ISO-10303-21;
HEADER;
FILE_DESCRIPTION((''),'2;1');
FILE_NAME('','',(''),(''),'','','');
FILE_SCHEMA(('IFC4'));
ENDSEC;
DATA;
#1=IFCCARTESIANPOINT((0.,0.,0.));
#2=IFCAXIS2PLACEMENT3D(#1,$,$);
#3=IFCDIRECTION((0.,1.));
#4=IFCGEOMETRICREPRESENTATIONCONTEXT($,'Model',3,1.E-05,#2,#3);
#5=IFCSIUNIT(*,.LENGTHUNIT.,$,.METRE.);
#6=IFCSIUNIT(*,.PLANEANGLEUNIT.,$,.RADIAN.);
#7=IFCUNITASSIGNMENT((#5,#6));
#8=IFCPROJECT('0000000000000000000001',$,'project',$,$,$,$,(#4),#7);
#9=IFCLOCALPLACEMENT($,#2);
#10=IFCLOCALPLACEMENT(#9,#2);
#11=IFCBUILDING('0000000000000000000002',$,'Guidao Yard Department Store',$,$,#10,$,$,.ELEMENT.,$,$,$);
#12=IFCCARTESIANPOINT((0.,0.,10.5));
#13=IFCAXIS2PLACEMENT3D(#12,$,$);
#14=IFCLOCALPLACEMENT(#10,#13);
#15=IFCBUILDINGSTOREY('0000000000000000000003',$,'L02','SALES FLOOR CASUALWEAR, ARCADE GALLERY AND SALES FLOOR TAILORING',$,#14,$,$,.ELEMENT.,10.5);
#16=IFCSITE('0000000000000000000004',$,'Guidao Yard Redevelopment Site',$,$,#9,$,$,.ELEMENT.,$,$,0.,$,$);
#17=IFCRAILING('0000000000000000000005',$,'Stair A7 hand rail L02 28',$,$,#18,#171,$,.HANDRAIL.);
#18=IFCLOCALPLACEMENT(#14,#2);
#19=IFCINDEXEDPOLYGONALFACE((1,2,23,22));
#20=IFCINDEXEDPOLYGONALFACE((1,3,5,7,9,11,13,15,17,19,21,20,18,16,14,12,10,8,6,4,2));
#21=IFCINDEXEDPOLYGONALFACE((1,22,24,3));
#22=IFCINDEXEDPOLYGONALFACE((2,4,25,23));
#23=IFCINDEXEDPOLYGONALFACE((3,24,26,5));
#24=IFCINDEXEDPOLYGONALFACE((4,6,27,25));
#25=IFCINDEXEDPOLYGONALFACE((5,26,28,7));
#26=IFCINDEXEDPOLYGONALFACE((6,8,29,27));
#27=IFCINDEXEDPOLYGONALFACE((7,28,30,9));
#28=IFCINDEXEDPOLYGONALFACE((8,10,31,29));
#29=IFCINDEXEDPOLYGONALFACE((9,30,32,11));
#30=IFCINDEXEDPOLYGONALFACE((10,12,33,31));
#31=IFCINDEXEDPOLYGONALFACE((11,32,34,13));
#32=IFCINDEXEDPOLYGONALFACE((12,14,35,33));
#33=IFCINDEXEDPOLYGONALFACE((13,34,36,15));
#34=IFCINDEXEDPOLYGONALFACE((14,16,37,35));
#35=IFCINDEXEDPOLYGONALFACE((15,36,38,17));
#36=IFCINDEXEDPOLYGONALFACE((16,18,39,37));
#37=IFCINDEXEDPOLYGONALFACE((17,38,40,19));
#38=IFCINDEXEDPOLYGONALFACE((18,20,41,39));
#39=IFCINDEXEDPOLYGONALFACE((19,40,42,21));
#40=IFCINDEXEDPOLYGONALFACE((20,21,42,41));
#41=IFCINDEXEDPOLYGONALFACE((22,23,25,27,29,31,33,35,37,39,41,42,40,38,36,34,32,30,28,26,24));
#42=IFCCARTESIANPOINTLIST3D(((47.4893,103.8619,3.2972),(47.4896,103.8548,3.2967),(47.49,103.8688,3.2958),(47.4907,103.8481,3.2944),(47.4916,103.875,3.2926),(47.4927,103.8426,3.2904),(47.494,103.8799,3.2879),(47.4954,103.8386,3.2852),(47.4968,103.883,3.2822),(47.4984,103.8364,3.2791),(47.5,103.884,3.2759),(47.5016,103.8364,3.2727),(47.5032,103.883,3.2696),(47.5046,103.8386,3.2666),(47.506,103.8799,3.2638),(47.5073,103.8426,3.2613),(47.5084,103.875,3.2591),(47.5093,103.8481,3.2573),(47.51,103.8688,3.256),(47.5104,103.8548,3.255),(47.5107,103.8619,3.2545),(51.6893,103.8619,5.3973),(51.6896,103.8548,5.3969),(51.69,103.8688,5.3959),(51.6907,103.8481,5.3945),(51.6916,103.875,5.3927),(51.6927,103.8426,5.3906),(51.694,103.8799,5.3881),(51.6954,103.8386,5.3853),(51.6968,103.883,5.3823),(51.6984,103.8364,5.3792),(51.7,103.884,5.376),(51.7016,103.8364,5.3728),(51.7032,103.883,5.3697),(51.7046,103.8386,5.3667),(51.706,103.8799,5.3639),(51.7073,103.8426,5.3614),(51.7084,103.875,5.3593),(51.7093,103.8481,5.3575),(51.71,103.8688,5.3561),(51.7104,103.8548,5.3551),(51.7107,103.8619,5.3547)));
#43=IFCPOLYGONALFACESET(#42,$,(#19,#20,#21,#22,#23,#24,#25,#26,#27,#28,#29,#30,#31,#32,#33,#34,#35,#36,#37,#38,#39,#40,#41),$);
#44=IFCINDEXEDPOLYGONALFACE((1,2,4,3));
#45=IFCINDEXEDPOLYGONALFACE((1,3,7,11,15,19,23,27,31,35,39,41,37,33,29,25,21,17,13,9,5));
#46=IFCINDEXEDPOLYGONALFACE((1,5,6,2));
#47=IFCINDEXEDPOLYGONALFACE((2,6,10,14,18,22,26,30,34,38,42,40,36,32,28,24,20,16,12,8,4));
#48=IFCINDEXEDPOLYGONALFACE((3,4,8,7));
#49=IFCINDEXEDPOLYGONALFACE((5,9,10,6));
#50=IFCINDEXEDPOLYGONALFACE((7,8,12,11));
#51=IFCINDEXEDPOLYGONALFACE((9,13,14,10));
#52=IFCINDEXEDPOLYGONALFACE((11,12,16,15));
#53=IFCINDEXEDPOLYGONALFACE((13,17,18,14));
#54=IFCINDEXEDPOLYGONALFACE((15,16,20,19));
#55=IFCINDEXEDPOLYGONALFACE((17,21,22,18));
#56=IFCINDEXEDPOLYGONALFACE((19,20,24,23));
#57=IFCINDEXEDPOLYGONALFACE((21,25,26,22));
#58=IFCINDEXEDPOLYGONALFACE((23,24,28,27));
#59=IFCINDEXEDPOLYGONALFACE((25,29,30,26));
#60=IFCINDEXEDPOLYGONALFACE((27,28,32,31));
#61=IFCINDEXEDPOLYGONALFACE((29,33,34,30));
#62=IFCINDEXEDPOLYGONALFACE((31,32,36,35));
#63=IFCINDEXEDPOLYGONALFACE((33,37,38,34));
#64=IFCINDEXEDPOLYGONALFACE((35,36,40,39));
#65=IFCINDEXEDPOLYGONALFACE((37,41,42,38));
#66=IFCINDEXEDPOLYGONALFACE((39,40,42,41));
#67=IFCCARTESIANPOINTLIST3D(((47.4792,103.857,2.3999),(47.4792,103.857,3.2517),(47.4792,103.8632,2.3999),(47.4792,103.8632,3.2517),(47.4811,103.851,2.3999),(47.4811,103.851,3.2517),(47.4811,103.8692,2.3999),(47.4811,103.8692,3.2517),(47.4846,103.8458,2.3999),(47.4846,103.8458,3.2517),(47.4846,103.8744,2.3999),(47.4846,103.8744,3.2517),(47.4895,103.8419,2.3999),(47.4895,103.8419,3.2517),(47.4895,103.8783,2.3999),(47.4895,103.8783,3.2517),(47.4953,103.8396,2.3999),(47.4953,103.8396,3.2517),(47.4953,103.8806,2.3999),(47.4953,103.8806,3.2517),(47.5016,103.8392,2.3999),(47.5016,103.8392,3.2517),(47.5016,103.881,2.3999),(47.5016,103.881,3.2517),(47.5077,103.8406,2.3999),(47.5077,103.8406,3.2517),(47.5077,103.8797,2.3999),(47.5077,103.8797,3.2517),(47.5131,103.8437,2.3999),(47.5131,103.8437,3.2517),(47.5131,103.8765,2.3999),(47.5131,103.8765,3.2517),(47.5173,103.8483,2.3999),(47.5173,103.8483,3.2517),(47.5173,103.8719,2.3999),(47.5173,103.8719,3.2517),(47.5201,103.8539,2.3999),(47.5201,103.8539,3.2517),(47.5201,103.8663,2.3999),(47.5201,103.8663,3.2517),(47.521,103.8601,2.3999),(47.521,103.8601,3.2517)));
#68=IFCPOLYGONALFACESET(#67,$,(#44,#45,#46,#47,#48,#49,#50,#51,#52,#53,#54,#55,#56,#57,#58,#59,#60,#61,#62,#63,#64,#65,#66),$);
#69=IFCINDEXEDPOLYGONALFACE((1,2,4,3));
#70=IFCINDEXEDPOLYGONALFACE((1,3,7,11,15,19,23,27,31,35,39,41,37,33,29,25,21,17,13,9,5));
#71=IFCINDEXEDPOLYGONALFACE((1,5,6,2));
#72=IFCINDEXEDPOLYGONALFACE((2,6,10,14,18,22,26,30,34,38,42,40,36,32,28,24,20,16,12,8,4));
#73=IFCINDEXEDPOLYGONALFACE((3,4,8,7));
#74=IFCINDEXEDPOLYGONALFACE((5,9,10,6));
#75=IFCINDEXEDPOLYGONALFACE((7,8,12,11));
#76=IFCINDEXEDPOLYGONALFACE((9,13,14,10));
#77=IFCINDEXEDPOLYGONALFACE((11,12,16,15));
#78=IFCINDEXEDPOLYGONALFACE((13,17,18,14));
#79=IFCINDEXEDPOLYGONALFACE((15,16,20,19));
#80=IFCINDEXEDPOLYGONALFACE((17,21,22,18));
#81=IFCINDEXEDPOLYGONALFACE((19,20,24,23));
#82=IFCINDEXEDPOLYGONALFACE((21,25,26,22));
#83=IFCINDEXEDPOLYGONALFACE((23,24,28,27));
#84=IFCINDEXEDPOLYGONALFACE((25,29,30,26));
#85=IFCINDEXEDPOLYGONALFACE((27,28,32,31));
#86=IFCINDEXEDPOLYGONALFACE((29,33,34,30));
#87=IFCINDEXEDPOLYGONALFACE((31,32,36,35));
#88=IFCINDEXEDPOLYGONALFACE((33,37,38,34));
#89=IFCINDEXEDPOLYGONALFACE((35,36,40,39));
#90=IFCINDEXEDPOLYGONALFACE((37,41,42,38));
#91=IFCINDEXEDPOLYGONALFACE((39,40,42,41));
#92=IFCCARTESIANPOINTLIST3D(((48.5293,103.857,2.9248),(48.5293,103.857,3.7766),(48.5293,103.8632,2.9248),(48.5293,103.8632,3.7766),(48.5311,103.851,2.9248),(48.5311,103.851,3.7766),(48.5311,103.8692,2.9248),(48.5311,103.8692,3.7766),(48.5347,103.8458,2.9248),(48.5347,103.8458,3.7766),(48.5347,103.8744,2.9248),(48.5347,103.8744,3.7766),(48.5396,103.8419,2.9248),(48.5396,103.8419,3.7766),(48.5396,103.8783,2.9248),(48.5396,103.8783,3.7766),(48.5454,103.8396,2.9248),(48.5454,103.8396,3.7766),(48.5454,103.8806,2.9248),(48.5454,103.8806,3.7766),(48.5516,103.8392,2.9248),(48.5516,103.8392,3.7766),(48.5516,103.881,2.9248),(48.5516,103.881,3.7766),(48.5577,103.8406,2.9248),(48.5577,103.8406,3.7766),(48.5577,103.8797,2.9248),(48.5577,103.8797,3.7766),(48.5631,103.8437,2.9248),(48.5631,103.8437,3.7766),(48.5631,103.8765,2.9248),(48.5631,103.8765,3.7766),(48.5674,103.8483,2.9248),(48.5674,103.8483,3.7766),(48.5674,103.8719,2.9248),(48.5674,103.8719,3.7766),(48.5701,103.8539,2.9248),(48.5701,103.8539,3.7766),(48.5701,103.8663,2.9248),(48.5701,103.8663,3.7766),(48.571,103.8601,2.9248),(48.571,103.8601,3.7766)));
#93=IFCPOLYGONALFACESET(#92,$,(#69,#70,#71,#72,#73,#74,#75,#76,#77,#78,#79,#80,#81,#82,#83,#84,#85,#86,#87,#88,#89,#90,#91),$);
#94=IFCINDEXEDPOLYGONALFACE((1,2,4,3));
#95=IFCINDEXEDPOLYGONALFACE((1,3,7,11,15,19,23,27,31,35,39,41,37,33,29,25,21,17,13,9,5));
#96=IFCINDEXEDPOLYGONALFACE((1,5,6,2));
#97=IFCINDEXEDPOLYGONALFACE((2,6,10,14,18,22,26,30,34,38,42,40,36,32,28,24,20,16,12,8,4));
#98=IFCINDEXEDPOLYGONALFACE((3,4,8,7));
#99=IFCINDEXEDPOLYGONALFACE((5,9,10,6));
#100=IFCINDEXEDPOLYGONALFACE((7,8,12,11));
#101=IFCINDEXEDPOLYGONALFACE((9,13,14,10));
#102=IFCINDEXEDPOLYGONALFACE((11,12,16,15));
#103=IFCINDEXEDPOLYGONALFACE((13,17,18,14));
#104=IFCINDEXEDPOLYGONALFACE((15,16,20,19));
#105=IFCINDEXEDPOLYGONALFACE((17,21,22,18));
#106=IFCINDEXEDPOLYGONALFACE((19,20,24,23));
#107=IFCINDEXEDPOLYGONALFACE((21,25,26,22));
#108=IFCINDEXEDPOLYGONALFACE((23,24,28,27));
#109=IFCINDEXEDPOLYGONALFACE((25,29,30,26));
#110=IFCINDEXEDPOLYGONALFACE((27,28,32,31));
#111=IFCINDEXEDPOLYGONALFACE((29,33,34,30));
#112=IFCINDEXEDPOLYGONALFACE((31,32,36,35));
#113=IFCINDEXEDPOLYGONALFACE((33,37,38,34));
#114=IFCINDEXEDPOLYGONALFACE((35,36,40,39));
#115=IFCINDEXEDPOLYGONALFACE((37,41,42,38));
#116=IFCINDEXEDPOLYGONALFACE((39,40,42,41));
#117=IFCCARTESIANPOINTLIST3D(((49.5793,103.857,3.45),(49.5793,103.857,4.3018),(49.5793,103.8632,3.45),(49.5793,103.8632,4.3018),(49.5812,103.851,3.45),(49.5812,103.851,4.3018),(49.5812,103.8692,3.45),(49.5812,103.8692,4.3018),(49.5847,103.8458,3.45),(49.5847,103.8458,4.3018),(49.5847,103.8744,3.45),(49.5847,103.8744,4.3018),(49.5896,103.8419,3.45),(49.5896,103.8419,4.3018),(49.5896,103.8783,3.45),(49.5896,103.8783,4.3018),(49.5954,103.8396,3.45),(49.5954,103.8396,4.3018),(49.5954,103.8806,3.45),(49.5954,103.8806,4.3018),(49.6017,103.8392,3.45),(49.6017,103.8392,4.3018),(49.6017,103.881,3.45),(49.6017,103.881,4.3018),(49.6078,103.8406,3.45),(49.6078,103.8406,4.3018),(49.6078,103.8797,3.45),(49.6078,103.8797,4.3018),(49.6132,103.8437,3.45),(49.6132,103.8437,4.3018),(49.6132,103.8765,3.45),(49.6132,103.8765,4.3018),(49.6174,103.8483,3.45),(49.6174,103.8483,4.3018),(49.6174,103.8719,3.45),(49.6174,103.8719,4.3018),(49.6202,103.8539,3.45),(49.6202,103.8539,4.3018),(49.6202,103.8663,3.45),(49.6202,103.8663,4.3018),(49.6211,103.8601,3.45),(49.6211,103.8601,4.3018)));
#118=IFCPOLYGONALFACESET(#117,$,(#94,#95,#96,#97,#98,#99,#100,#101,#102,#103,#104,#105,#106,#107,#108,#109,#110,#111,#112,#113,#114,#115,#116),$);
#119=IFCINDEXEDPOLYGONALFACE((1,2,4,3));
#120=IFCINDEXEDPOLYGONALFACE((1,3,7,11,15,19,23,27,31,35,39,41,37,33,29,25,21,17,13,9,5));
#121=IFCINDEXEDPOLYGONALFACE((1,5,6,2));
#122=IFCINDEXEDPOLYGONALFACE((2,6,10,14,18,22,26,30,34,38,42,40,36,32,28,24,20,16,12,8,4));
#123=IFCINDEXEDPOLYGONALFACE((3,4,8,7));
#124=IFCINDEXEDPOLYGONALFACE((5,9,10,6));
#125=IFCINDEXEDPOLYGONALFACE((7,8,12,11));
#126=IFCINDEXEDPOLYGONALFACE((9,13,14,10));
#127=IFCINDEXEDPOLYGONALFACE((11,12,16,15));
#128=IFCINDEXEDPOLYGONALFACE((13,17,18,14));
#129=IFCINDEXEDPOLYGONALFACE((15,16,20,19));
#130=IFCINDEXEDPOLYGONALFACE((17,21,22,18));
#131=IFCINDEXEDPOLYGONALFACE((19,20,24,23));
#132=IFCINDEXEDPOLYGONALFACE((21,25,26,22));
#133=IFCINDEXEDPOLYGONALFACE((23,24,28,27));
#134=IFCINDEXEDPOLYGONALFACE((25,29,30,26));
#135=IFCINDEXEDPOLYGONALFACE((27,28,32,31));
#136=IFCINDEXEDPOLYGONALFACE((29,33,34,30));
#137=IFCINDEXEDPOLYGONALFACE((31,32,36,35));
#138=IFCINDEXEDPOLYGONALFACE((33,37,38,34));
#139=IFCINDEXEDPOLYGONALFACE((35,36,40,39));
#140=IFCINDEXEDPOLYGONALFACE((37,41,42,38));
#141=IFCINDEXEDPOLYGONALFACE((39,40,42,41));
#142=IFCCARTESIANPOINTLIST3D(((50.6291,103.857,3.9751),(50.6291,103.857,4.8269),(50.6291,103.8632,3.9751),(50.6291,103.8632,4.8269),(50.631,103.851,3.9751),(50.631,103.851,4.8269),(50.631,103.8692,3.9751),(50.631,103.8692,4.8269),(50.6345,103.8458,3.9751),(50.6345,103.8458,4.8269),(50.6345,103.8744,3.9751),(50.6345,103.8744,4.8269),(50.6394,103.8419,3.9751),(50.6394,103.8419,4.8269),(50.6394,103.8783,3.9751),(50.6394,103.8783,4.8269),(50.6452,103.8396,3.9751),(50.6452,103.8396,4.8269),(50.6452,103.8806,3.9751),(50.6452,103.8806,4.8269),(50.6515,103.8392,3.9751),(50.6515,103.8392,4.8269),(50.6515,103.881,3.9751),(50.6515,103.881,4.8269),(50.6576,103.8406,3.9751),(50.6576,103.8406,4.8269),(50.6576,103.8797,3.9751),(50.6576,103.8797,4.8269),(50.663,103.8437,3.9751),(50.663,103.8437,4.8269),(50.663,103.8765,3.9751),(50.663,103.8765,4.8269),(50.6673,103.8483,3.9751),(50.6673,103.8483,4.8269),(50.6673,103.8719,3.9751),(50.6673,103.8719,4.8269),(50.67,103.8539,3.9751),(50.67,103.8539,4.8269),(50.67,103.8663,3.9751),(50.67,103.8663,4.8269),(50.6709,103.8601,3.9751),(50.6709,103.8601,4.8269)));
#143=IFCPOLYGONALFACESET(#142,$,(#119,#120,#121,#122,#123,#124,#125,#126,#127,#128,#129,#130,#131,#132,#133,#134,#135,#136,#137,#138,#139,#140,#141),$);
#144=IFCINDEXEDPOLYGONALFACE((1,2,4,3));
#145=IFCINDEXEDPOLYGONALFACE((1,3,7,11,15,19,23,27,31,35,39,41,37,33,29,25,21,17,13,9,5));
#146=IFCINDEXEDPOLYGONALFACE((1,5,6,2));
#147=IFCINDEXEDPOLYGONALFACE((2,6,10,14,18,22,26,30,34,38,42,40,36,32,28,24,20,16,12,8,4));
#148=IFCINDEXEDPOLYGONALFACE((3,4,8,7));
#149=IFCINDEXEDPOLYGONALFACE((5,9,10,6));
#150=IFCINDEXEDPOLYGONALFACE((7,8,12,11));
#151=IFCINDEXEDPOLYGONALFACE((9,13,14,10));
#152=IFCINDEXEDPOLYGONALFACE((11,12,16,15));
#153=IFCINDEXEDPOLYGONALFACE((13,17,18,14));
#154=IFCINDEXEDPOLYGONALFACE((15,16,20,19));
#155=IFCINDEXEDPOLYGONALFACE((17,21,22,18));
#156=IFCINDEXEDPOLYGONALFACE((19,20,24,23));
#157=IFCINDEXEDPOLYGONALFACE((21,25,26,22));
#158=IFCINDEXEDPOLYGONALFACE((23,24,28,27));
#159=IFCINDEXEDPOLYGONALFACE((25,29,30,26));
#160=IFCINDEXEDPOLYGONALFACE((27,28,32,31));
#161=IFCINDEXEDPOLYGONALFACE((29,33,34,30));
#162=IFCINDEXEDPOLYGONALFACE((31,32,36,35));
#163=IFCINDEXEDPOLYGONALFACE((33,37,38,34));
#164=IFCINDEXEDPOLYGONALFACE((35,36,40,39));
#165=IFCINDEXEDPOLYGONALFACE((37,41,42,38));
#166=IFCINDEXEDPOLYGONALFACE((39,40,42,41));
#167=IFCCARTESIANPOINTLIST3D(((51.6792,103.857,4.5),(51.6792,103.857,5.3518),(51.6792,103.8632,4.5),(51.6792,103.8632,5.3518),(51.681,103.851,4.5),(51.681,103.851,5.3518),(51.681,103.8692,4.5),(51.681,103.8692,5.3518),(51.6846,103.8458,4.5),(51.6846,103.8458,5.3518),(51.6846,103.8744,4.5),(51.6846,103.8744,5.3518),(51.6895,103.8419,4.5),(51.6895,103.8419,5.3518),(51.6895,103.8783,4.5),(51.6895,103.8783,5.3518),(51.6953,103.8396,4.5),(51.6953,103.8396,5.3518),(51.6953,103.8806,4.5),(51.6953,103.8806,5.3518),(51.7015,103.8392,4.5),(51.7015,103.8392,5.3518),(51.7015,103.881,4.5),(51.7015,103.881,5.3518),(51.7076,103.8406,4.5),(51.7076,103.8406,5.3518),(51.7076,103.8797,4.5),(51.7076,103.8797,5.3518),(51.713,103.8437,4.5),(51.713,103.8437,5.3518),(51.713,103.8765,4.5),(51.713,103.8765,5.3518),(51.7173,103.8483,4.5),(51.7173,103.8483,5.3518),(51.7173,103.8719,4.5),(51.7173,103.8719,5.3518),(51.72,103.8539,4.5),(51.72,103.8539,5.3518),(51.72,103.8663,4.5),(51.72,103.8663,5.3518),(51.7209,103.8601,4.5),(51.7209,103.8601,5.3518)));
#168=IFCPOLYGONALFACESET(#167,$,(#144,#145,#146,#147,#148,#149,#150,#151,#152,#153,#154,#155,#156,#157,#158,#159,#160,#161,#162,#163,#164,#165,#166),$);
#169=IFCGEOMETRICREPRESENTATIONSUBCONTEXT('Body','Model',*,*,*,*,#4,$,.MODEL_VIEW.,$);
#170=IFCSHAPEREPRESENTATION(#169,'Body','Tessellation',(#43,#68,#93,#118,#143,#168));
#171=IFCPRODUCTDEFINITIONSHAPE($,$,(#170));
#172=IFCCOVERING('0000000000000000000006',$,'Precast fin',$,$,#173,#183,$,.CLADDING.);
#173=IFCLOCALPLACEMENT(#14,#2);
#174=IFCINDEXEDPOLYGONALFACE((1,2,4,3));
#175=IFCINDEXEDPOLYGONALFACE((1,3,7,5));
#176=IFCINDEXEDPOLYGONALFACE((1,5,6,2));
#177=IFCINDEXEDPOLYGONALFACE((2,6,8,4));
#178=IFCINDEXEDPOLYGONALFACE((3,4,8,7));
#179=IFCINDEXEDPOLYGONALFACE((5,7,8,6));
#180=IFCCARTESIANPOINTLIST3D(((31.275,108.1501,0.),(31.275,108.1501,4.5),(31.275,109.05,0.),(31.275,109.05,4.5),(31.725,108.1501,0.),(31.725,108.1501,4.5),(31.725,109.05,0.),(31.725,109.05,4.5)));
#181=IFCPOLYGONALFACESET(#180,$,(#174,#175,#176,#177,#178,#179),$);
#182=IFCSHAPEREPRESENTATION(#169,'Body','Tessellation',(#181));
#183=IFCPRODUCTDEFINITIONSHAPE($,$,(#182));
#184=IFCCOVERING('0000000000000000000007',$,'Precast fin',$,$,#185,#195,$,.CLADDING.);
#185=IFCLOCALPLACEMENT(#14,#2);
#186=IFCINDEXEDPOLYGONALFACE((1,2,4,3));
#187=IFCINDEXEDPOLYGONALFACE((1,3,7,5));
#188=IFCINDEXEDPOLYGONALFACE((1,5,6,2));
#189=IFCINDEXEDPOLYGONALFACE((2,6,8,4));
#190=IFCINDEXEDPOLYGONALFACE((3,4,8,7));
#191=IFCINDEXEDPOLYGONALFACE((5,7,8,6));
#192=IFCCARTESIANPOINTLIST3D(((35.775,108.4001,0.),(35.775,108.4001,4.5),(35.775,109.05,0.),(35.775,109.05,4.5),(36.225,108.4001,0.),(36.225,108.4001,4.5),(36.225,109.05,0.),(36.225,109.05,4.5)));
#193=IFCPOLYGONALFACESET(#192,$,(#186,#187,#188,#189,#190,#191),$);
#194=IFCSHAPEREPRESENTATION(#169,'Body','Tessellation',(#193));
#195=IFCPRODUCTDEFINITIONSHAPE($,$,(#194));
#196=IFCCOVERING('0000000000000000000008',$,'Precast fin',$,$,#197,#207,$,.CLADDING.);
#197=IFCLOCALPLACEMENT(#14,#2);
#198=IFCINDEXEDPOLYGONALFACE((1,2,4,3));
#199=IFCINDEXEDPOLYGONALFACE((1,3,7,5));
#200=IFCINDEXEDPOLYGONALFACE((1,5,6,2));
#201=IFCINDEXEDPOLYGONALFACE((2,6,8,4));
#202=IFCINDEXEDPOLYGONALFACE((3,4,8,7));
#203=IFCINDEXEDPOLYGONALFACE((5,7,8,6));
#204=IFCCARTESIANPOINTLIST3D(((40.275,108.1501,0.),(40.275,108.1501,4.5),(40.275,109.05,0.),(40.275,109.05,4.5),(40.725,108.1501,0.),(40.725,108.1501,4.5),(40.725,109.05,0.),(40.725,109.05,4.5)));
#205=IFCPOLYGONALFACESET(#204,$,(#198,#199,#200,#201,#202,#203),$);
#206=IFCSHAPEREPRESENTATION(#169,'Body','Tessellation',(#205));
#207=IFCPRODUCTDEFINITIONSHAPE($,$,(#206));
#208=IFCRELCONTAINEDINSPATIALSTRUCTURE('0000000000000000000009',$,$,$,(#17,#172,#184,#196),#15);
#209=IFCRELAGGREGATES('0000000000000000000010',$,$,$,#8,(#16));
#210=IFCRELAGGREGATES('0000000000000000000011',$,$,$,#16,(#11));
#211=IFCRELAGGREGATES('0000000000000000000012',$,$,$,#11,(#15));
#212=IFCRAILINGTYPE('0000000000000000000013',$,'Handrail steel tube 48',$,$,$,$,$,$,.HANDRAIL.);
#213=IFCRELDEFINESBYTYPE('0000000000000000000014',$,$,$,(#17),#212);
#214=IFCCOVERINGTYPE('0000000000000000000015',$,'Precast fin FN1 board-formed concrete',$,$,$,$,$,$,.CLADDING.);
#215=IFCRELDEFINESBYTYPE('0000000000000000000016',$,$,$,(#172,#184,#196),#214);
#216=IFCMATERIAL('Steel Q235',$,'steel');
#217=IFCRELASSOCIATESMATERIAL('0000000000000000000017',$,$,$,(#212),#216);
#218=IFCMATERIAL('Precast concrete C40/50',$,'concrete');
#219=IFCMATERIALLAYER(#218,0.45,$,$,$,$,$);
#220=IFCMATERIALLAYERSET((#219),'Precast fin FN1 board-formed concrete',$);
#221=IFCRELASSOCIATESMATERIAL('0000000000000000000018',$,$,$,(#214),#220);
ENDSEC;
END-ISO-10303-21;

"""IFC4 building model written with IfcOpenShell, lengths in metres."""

from ifc_helpers import new_model, si_unit, direction, frame, origin, origin_2d, place, context, subcontext, project, spatial, rectangle, circle, extrude, material, layer, layer_set, type_object, element, save


model = new_model("IFC4")

# Units and contexts
model_context = context("Model", 3, precision=1e-05, world=origin(), true_north=direction((0.0, 1.0)))
body_context = subcontext(model_context, "Body", "Model", "MODEL_VIEW")
ifc_project = project(units=[si_unit("LENGTHUNIT", "METRE"), si_unit("PLANEANGLEUNIT", "RADIAN")], contexts=[model_context])

# Site, building, storey
site_placement = place(None, origin())
site = spatial("IfcSite", under=ifc_project, at=site_placement, Name="Guidao Yard Redevelopment Site", CompositionType="ELEMENT", RefElevation=0.0)
building_placement = place(site_placement, origin())
building = spatial("IfcBuilding", under=site, at=building_placement, Name="Guidao Yard Department Store", CompositionType="ELEMENT")
storey_placement = place(building_placement, frame((0.0, 0.0, 10.5)))
storey = spatial("IfcBuildingStorey", under=building, at=storey_placement, Name="L02", Description="SALES FLOOR CASUALWEAR, ARCADE GALLERY AND SALES FLOOR TAILORING", CompositionType="ELEMENT", Elevation=10.5)

# Railing
ifc_material_1 = material(Name="Steel Q235", Category="steel")
railing_type = type_object("IfcRailingType", Name="Handrail steel tube 48", PredefinedType="HANDRAIL", material=ifc_material_1)
for number, where, name in (
    (1, (47.5, 103.8601, 2.3999), "Stair A7 hand rail L02 28"),
):
    element("IfcRailing", number, at=place(storey_placement, frame(where)), inside=storey, type_object=railing_type, Name=name, PredefinedType="HANDRAIL", context=body_context, shape_type="SweptSolid", body=[
        extrude(circle(Radius=0.0239, at=origin_2d()), frame((0.0, 0.0, 0.876), z_axis=(0.894417, 0.0, 0.447234), x_axis=(0.0, 1.0, 0.0)), (0.0, 0.0, 1.0), 4.6958),
        extrude(circle(Radius=0.021, at=origin_2d()), origin(), (0.0, 0.0, 1.0), 0.8518),
        extrude(circle(Radius=0.021, at=origin_2d()), frame((1.05, 0.0, 0.5249)), (0.0, 0.0, 1.0), 0.8518),
        extrude(circle(Radius=0.021, at=origin_2d()), frame((2.1001, 0.0, 1.05)), (0.0, 0.0, 1.0), 0.8518),
        extrude(circle(Radius=0.021, at=origin_2d()), frame((3.1499, 0.0, 1.5752)), (0.0, 0.0, 1.0), 0.8518),
        extrude(circle(Radius=0.021, at=origin_2d()), frame((4.2, 0.0, 2.1001)), (0.0, 0.0, 1.0), 0.8518),
    ])

# Coverings
ifc_material_2 = material(Name="Precast concrete C40/50", Category="concrete")
ifc_layer_1 = layer(ifc_material_2, 0.45)
ifc_layer_set_1 = layer_set([ifc_layer_1], Name="Precast fin FN1 board-formed concrete")
covering_type = type_object("IfcCoveringType", Name="Precast fin FN1 board-formed concrete", PredefinedType="CLADDING", material=ifc_layer_set_1)
covering_1_placement = place(storey_placement, frame((31.5, 108.6001, 0.0), z_axis=(0.0, 0.0, 1.0), x_axis=(1.0, 0.0, 0.0)))
element("IfcCovering", 2, at=covering_1_placement, inside=storey, type_object=covering_type, Name="Precast fin", PredefinedType="CLADDING", context=body_context, shape_type="SweptSolid", body=[
    extrude(rectangle(XDim=0.45, YDim=0.8999, at=origin_2d()), origin(), (0.0, 0.0, 1.0), 4.5),
])
covering_2_placement = place(storey_placement, frame((36.0, 108.7251, 0.0), z_axis=(0.0, 0.0, 1.0), x_axis=(1.0, 0.0, 0.0)))
element("IfcCovering", 3, at=covering_2_placement, inside=storey, type_object=covering_type, Name="Precast fin", PredefinedType="CLADDING", context=body_context, shape_type="SweptSolid", body=[
    extrude(rectangle(XDim=0.45, YDim=0.6499, at=origin_2d()), origin(), (0.0, 0.0, 1.0), 4.5),
])
covering_3_placement = place(storey_placement, frame((40.5, 108.6001, 0.0), z_axis=(0.0, 0.0, 1.0), x_axis=(1.0, 0.0, 0.0)))
element("IfcCovering", 4, at=covering_3_placement, inside=storey, type_object=covering_type, Name="Precast fin", PredefinedType="CLADDING", context=body_context, shape_type="SweptSolid", body=[
    extrude(rectangle(XDim=0.45, YDim=0.8999, at=origin_2d()), origin(), (0.0, 0.0, 1.0), 4.5),
])

save(model, "model.ifc")
